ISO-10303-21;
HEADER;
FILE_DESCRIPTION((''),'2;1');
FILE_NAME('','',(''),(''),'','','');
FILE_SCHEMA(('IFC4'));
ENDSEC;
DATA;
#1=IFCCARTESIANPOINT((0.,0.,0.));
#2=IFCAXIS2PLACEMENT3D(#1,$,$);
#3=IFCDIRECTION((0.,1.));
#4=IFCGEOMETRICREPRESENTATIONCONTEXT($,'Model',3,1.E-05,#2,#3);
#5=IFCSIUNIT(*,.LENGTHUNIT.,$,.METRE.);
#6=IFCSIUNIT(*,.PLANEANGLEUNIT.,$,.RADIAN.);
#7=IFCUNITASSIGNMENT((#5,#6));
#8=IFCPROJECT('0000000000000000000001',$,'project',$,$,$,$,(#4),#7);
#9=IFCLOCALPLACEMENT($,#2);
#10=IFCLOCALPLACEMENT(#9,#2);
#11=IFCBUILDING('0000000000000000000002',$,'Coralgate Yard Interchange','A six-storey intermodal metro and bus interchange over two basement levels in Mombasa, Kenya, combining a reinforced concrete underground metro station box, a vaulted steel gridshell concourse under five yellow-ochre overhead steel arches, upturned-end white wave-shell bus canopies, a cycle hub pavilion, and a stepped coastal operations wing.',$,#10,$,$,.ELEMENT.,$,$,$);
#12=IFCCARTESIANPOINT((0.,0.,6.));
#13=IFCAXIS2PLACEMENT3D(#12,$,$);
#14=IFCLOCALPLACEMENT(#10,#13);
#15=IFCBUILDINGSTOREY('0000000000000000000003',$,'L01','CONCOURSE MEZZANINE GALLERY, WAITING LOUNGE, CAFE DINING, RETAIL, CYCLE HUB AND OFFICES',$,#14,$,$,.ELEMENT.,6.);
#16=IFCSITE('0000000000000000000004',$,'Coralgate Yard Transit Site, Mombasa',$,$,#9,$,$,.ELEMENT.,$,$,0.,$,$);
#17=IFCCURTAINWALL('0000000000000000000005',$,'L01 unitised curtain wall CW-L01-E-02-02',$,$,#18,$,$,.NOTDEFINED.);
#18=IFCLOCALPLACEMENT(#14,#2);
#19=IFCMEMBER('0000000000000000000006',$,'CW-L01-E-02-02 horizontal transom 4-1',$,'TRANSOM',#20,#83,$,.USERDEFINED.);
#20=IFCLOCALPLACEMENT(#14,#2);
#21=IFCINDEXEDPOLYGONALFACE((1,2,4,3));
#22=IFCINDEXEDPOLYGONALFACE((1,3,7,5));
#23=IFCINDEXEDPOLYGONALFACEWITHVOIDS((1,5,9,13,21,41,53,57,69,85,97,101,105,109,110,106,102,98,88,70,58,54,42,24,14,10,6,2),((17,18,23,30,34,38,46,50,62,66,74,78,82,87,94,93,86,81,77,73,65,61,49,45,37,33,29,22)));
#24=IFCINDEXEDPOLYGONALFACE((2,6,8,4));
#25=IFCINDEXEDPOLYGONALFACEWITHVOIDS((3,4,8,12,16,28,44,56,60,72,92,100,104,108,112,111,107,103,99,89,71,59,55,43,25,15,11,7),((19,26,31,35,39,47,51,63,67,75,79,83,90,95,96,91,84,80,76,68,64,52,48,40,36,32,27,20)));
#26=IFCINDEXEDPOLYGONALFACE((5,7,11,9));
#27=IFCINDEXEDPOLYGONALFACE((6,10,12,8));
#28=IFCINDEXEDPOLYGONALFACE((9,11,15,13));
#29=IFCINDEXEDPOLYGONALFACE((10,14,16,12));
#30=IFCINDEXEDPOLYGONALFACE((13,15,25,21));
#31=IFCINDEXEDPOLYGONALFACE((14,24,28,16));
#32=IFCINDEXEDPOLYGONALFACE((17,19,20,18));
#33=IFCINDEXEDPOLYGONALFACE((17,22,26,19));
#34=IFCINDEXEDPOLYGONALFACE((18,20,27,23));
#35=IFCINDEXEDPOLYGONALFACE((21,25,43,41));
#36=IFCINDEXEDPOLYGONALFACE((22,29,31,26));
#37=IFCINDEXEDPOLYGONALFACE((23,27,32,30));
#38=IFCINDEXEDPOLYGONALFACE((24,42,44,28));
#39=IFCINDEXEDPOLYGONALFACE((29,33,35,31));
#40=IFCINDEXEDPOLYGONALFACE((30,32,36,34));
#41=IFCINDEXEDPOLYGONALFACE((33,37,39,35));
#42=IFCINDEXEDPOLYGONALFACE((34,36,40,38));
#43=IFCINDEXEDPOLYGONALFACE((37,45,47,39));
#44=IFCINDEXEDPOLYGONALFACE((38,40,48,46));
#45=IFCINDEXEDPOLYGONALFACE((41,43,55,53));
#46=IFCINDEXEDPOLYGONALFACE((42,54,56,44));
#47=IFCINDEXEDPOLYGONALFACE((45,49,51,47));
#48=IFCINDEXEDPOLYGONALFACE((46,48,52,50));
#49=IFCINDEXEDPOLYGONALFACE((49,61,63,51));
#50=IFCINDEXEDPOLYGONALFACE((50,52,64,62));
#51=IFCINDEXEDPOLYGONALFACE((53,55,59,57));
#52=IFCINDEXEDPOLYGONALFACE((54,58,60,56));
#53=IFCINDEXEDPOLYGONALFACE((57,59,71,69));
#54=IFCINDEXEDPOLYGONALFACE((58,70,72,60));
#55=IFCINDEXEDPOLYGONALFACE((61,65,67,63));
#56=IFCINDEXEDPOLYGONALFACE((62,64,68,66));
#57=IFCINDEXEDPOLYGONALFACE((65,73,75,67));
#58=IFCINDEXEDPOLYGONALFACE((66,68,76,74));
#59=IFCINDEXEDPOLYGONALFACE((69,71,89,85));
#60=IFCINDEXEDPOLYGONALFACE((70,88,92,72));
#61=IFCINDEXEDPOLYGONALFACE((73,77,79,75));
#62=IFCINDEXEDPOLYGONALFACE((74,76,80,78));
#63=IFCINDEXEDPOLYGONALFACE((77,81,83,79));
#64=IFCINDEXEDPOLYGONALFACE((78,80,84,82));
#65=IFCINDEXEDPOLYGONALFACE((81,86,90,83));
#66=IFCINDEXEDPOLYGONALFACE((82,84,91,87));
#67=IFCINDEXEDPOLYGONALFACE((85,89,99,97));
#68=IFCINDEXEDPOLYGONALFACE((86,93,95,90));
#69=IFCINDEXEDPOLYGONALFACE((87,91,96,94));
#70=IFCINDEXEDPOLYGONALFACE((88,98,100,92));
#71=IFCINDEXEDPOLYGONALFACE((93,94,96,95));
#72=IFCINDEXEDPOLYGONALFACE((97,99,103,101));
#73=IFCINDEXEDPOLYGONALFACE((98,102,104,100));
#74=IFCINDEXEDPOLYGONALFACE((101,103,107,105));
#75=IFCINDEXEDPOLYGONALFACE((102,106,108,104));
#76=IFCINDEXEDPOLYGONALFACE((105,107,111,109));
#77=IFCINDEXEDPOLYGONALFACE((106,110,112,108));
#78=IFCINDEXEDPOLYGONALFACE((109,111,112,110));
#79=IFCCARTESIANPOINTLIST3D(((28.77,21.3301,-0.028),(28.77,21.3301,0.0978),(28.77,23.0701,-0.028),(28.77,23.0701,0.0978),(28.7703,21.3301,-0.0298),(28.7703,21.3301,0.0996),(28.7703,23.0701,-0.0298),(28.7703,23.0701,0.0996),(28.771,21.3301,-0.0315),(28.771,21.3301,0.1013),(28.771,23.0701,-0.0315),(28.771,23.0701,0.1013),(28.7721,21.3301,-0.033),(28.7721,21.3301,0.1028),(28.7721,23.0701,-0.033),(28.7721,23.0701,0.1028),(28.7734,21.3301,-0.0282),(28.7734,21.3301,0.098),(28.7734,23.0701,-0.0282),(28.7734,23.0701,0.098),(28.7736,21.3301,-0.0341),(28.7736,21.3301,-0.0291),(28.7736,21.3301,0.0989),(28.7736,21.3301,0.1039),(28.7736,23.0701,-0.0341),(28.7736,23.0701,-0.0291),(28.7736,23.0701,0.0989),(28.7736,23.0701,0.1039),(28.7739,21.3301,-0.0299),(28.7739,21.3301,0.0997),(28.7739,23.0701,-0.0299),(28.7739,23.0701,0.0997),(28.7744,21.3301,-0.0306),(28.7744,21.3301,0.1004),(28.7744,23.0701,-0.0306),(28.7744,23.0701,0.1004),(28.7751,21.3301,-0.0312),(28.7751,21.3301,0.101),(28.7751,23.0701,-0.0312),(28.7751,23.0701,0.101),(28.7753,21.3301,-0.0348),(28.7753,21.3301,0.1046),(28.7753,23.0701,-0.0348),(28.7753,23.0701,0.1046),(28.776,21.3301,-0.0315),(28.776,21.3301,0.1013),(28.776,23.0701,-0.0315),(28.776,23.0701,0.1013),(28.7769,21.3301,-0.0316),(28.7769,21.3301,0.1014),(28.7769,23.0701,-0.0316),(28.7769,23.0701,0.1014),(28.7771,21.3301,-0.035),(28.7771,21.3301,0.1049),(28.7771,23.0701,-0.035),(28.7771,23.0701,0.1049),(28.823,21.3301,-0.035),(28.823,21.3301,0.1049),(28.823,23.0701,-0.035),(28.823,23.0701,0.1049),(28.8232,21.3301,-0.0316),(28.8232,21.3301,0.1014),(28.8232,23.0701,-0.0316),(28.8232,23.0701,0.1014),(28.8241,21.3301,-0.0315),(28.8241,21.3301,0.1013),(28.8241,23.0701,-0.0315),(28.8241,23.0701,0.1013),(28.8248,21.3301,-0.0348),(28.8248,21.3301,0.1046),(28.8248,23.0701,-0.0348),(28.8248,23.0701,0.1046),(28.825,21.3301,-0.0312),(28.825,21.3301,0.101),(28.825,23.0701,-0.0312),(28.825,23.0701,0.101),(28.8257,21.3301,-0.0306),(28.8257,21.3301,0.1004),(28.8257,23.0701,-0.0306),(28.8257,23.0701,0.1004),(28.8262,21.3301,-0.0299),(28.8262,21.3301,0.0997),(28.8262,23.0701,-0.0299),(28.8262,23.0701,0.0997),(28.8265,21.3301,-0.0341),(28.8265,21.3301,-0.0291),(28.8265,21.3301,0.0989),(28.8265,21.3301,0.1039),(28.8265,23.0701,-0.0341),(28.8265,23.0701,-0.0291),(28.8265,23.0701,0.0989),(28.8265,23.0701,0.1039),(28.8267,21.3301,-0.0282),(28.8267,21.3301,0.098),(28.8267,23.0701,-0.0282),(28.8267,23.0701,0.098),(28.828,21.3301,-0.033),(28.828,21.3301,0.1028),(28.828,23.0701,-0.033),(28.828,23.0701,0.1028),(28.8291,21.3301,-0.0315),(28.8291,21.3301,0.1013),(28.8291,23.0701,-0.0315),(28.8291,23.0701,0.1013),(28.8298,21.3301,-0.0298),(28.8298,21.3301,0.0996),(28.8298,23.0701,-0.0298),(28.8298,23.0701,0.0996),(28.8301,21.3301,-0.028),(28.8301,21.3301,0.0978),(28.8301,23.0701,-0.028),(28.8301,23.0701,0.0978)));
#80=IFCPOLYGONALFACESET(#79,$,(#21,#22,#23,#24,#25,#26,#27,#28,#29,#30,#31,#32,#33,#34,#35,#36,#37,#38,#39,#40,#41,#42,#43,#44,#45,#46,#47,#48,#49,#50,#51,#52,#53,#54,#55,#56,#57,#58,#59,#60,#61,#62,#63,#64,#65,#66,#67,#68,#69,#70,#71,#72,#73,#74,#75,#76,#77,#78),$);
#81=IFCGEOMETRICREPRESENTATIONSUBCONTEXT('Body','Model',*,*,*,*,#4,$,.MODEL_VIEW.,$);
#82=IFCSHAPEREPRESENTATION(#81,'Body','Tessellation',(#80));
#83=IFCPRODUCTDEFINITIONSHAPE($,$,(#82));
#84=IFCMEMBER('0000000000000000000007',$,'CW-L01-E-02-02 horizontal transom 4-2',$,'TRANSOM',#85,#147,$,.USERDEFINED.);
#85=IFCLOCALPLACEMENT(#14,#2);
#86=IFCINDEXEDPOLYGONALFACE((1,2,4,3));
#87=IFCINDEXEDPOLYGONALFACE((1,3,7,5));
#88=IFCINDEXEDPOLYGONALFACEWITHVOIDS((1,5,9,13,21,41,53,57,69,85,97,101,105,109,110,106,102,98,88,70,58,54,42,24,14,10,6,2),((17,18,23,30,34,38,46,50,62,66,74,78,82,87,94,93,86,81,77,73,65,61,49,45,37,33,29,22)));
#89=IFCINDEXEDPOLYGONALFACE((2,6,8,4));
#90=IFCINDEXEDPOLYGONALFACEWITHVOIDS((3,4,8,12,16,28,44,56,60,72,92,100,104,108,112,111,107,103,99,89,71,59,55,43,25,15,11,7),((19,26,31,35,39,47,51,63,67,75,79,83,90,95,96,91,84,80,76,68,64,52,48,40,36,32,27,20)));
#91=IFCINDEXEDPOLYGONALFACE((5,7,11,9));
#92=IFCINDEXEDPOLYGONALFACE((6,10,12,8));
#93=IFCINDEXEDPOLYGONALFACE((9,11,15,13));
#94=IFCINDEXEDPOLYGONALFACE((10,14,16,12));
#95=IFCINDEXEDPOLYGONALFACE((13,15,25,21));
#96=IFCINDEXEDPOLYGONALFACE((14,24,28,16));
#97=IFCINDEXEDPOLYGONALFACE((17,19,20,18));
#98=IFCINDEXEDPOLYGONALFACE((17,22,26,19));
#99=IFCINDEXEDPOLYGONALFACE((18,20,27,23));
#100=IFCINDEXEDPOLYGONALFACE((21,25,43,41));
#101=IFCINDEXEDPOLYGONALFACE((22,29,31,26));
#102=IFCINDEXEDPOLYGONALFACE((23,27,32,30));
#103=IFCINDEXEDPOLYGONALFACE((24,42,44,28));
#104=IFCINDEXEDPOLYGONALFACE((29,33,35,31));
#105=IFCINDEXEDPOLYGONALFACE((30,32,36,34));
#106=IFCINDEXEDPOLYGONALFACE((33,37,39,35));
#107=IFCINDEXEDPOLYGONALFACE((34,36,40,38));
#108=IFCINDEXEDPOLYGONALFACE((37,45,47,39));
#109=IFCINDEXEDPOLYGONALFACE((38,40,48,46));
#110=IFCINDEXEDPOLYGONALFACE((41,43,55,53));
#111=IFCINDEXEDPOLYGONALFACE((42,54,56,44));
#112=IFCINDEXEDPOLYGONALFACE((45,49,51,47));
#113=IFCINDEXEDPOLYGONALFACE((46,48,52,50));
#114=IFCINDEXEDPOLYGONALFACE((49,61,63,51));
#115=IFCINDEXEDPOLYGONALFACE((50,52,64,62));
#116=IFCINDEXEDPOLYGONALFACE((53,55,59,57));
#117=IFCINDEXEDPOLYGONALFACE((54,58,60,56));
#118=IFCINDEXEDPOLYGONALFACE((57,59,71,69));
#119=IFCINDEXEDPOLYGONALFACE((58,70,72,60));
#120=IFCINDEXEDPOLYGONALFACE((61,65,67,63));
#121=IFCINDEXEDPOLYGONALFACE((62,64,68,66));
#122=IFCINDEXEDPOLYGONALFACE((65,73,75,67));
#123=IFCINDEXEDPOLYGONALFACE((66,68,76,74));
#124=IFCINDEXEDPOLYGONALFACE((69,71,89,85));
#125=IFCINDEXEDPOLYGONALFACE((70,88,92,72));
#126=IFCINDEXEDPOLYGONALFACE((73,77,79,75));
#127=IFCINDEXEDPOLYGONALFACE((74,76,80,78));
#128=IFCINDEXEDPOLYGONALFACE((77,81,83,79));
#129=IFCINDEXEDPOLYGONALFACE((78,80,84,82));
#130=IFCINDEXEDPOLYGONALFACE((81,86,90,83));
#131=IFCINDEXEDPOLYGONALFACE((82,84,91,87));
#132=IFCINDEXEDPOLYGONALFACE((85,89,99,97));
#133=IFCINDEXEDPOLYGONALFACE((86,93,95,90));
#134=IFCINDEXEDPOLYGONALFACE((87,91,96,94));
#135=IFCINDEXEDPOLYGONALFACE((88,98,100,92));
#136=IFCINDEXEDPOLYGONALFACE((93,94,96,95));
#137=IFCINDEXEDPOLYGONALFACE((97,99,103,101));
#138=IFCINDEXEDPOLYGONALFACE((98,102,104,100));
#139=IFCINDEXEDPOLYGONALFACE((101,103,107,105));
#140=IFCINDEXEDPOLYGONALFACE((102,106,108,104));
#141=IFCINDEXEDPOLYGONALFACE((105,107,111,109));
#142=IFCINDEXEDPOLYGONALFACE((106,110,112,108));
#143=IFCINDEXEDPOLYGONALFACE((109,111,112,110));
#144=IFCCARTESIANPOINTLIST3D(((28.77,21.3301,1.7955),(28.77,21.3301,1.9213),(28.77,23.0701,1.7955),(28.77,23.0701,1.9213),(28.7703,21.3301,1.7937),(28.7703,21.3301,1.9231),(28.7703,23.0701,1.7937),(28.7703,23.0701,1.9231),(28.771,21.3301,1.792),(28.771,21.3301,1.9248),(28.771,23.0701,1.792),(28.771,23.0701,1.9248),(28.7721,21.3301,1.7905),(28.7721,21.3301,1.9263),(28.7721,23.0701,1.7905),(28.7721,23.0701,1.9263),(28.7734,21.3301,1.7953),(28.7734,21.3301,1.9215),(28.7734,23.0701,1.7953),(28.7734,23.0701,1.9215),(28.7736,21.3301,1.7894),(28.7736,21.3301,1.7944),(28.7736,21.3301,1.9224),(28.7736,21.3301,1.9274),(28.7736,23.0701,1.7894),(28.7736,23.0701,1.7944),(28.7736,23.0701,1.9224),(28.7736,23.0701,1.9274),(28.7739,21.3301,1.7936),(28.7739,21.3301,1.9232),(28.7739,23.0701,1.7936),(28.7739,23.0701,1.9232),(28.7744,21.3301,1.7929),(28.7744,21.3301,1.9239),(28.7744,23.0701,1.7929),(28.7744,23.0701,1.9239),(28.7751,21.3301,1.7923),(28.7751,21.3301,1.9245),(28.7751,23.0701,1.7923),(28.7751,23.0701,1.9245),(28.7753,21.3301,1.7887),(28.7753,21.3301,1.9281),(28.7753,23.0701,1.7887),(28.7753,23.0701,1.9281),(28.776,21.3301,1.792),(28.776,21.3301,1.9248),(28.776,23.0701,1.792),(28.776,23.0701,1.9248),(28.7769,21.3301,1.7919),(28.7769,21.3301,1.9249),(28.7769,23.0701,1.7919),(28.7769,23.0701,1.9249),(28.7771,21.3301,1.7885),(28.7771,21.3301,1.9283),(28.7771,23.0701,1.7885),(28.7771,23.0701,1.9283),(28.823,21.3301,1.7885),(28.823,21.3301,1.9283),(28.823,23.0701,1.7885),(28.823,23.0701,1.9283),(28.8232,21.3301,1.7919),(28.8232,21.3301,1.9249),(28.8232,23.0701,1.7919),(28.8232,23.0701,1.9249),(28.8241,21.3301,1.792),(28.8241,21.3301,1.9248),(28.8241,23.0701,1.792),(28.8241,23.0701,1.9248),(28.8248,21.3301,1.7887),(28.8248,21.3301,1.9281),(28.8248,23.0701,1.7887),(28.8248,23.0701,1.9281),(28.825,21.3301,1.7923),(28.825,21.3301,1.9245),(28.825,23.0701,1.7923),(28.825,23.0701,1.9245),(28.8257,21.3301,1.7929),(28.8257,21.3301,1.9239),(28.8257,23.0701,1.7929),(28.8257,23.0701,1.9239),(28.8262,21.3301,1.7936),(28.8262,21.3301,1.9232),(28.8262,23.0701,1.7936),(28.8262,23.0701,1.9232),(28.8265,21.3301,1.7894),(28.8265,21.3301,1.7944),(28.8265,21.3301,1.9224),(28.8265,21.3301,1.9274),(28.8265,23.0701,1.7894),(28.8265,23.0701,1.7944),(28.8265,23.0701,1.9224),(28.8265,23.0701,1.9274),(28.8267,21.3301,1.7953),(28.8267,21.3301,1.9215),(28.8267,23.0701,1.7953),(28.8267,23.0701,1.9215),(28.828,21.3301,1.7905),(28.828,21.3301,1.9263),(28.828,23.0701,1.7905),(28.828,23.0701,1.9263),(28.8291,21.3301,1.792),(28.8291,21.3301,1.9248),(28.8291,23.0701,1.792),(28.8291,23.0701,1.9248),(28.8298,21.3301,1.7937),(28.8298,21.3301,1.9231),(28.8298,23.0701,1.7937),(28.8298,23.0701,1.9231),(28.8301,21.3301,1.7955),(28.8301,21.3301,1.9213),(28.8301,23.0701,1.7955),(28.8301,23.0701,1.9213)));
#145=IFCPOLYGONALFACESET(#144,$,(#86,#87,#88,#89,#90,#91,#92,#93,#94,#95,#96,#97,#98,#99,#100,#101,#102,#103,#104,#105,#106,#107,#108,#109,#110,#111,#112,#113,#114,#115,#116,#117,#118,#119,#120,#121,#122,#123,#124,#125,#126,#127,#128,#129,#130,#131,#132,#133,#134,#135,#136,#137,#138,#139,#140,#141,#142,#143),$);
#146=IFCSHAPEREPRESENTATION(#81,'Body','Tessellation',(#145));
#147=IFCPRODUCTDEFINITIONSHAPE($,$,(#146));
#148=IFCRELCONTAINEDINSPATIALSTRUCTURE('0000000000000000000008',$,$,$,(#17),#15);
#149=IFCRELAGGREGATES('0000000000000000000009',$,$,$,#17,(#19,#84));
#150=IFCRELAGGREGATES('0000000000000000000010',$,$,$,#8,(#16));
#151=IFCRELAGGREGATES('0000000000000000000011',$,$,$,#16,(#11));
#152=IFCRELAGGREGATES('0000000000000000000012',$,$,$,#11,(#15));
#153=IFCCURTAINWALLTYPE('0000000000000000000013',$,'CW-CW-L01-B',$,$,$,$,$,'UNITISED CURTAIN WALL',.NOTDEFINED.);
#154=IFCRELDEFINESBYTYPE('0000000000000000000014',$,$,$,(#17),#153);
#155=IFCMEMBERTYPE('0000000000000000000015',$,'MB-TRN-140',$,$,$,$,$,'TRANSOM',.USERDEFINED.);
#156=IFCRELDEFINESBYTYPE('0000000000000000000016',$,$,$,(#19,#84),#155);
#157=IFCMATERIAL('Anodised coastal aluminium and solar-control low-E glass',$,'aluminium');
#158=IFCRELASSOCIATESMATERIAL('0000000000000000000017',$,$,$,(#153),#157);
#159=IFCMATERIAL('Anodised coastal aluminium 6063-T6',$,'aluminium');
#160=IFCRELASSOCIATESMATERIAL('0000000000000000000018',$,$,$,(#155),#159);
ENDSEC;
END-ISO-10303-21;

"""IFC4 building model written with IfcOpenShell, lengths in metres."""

from ifc_helpers import new_model, si_unit, direction, frame, origin, origin_2d, place, context, subcontext, project, spatial, hollow_rectangle, extrude, material, material_profile, profile_set, type_object, element, aggregate, save


model = new_model("IFC4")

# Units and contexts
model_context = context("Model", 3, precision=1e-05, world=origin(), true_north=direction((0.0, 1.0)))
body_context = subcontext(model_context, "Body", "Model", "MODEL_VIEW")
ifc_project = project(units=[si_unit("LENGTHUNIT", "METRE"), si_unit("PLANEANGLEUNIT", "RADIAN")], contexts=[model_context])

# Site, building, storey
site_placement = place(None, origin())
site = spatial("IfcSite", under=ifc_project, at=site_placement, Name="Coralgate Yard Transit Site, Mombasa", CompositionType="ELEMENT", RefElevation=0.0)
building_placement = place(site_placement, origin())
building = spatial("IfcBuilding", under=site, at=building_placement, Name="Coralgate Yard Interchange", Description="A six-storey intermodal metro and bus interchange over two basement levels in Mombasa, Kenya, combining a reinforced concrete underground metro station box, a vaulted steel gridshell concourse under five yellow-ochre overhead steel arches, upturned-end white wave-shell bus canopies, a cycle hub pavilion, and a stepped coastal operations wing.", CompositionType="ELEMENT")
storey_placement = place(building_placement, frame((0.0, 0.0, 6.0)))
storey = spatial("IfcBuildingStorey", under=building, at=storey_placement, Name="L01", Description="CONCOURSE MEZZANINE GALLERY, WAITING LOUNGE, CAFE DINING, RETAIL, CYCLE HUB AND OFFICES", CompositionType="ELEMENT", Elevation=6.0)

# Curtain wall, members
ifc_material_1 = material(Name="Anodised coastal aluminium and solar-control low-E glass", Category="aluminium")
curtain_wall_type = type_object("IfcCurtainWallType", Name="CW-CW-L01-B", ElementType="UNITISED CURTAIN WALL", PredefinedType="NOTDEFINED", material=ifc_material_1)
curtain_wall_placement = place(storey_placement, origin())
curtain_wall = element("IfcCurtainWall", 1, at=curtain_wall_placement, inside=storey, type_object=curtain_wall_type, Name="L01 unitised curtain wall CW-L01-E-02-02", PredefinedType="NOTDEFINED")
ifc_material_2 = material(Name="Anodised coastal aluminium 6063-T6", Category="aluminium")
ifc_material_profile_1 = material_profile(ifc_material_2, hollow_rectangle(XDim=0.0601, YDim=0.1399, WallThickness=0.0034, InnerFilletRadius=0.0034, OuterFilletRadius=0.0071, at=origin_2d()), Name="ALU 60x140x3.5")
ifc_profile_set_1 = profile_set([ifc_material_profile_1], Name="Anodised coastal aluminium 6063-T6")
member_type_1 = type_object("IfcMemberType", Name="MB-TRN-140", ElementType="TRANSOM", PredefinedType="USERDEFINED", material=ifc_profile_set_1)
member_1_placement = place(storey_placement, frame((28.8, 23.0701, 0.0349), z_axis=(0.0, -1.0, 0.0), x_axis=(1.0, 0.0, 0.0)))
member_1 = element("IfcMember", 2, at=member_1_placement, type_object=member_type_1, Name="CW-L01-E-02-02 horizontal transom 4-1", ObjectType="TRANSOM", PredefinedType="USERDEFINED", context=body_context, shape_type="SweptSolid", body=[
    extrude(hollow_rectangle(XDim=0.0601, YDim=0.1399, WallThickness=0.0034, InnerFilletRadius=0.0034, OuterFilletRadius=0.0071, at=origin_2d()), origin(), (0.0, 0.0, 1.0), 1.74),
])
member_2_placement = place(storey_placement, frame((28.8, 23.0701, 1.8584), z_axis=(0.0, -1.0, 0.0), x_axis=(1.0, 0.0, 0.0)))
member_2 = element("IfcMember", 3, at=member_2_placement, type_object=member_type_1, Name="CW-L01-E-02-02 horizontal transom 4-2", ObjectType="TRANSOM", PredefinedType="USERDEFINED", context=body_context, shape_type="SweptSolid", body=[
    extrude(hollow_rectangle(XDim=0.0601, YDim=0.1399, WallThickness=0.0034, InnerFilletRadius=0.0034, OuterFilletRadius=0.0071, at=origin_2d()), origin(), (0.0, 0.0, 1.0), 1.74),
])
aggregate(curtain_wall, [member_1, member_2])

save(model, "model.ifc")
